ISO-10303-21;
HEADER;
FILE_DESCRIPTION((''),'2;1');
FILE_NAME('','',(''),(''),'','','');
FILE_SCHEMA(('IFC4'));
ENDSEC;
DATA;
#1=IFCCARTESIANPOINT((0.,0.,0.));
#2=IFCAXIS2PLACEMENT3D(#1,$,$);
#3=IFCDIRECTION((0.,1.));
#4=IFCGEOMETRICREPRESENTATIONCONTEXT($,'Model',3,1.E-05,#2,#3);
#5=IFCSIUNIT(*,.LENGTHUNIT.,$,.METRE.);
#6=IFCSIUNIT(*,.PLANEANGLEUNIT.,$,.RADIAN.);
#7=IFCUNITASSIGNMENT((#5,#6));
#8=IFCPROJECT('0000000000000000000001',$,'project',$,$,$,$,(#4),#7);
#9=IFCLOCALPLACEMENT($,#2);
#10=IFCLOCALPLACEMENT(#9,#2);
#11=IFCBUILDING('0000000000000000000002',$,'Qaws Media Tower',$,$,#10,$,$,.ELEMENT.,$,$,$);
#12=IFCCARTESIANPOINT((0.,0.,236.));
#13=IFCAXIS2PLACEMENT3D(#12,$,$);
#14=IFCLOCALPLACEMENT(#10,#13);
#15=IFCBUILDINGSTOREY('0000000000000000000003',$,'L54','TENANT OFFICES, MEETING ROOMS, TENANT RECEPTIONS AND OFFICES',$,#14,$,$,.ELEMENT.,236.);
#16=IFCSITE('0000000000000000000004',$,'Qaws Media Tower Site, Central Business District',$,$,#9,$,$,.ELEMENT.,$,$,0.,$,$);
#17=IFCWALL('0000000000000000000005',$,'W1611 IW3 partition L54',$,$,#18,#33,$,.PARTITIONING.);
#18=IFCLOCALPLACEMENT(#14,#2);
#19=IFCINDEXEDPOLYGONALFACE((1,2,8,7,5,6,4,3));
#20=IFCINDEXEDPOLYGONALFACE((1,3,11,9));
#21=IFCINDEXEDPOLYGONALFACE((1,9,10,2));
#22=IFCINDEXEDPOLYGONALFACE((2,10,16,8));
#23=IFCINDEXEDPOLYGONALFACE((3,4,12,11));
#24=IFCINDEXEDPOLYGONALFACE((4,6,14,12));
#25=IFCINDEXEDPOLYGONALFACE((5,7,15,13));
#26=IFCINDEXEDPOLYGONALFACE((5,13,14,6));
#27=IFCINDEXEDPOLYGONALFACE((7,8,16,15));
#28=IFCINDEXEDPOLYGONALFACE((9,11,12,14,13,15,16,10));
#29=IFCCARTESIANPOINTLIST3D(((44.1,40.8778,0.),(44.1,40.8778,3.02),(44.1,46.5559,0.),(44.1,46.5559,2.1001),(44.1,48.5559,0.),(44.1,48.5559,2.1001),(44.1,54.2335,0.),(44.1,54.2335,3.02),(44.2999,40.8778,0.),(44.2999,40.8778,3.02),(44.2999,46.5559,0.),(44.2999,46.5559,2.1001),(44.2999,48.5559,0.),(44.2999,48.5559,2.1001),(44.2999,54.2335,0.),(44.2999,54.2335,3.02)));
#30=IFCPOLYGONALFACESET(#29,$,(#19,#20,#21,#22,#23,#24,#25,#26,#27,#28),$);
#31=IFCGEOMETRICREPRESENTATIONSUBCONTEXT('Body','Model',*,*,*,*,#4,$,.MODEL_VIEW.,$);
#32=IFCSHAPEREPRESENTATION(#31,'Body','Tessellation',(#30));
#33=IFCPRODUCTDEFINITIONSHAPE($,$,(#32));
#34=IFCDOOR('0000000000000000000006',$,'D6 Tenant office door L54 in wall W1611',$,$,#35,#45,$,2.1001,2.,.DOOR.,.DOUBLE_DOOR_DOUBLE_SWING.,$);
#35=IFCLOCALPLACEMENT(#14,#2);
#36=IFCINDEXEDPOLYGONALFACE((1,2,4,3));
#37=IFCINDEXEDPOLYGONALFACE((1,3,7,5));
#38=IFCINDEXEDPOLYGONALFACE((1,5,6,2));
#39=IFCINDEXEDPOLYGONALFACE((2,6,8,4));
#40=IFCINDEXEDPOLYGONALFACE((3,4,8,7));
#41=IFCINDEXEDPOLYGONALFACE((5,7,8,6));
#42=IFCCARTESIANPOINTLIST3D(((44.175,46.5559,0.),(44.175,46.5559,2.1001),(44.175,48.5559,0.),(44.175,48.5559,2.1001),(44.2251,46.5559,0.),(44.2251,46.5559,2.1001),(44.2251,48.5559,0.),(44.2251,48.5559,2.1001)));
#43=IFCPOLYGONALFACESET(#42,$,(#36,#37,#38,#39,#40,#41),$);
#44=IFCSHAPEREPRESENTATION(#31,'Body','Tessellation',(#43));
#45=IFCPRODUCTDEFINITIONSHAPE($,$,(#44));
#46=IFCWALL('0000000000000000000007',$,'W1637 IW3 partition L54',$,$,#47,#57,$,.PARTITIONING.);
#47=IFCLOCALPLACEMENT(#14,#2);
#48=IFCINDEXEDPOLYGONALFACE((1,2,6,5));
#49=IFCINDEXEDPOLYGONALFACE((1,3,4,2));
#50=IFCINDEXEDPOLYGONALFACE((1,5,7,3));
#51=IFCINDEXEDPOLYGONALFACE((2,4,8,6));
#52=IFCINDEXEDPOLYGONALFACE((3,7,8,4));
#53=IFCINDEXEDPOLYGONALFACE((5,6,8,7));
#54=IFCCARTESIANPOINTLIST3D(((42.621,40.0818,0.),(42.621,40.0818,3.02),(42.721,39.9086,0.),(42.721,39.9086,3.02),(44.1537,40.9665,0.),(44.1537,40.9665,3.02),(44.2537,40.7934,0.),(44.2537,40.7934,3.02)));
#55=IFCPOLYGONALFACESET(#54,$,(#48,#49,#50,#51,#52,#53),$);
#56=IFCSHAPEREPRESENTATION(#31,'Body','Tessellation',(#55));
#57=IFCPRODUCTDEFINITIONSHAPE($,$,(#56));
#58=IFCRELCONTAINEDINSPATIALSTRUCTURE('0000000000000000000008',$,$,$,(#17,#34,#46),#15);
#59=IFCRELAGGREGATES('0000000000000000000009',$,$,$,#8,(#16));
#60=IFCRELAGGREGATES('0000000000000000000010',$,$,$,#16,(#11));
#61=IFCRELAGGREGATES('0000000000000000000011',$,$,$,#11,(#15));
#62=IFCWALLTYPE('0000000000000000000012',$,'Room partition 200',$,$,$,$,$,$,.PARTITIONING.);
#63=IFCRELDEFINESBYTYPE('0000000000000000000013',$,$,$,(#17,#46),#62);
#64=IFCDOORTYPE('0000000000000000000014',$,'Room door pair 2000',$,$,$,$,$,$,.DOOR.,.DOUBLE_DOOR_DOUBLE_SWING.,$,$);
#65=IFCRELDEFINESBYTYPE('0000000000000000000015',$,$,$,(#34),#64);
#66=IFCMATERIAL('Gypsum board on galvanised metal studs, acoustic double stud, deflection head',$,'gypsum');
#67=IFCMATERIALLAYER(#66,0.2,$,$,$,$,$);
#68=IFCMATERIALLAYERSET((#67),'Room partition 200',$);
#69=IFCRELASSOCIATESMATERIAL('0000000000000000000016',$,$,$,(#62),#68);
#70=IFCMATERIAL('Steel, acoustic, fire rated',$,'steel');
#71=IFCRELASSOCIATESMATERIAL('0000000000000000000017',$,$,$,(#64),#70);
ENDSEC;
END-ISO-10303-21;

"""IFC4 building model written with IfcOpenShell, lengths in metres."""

from ifc_helpers import new_model, si_unit, direction, frame, frame_2d, origin, place, context, subcontext, project, spatial, rectangle, extrude, material, layer, layer_set, type_object, element, fill, save


model = new_model("IFC4")

# Units and contexts
model_context = context("Model", 3, precision=1e-05, world=origin(), true_north=direction((0.0, 1.0)))
body_context = subcontext(model_context, "Body", "Model", "MODEL_VIEW")
ifc_project = project(units=[si_unit("LENGTHUNIT", "METRE"), si_unit("PLANEANGLEUNIT", "RADIAN")], contexts=[model_context])

# Site, building, storey
site_placement = place(None, origin())
site = spatial("IfcSite", under=ifc_project, at=site_placement, Name="Qaws Media Tower Site, Central Business District", CompositionType="ELEMENT", RefElevation=0.0)
building_placement = place(site_placement, origin())
building = spatial("IfcBuilding", under=site, at=building_placement, Name="Qaws Media Tower", CompositionType="ELEMENT")
storey_placement = place(building_placement, frame((0.0, 0.0, 236.0)))
storey = spatial("IfcBuildingStorey", under=building, at=storey_placement, Name="L54", Description="TENANT OFFICES, MEETING ROOMS, TENANT RECEPTIONS AND OFFICES", CompositionType="ELEMENT", Elevation=236.0)

# Shared definitions
ifc_material_1 = material(Name="Gypsum board on galvanised metal studs, acoustic double stud, deflection head", Category="gypsum")
ifc_layer_1 = layer(ifc_material_1, 0.2)
ifc_layer_set_1 = layer_set([ifc_layer_1], Name="Room partition 200")
wall_type = type_object("IfcWallType", Name="Room partition 200", PredefinedType="PARTITIONING", material=ifc_layer_set_1)

# Shared definitions
ifc_material_2 = material(Name="Steel, acoustic, fire rated", Category="steel")
door_type = type_object("IfcDoorType", Name="Room door pair 2000", OperationType="DOUBLE_DOOR_DOUBLE_SWING", PredefinedType="DOOR", material=ifc_material_2)

# Wall, opening, door
wall_1_placement = place(storey_placement, frame((44.2, 40.8779, 0.0), z_axis=(0.0, 0.0, 1.0), x_axis=(0.0, 1.0, 0.0)))
wall_1 = element("IfcWall", 1, at=wall_1_placement, inside=storey, type_object=wall_type, Name="W1611 IW3 partition L54", PredefinedType="PARTITIONING", context=body_context, shape_type="SweptSolid", body=[
    extrude(rectangle(XDim=13.3557, YDim=0.2, at=frame_2d((6.6777, 0.0))), origin(), (0.0, 0.0, 1.0), 3.02),
])
opening_1_placement = place(wall_1_placement, frame((5.678, 0.0, 0.0)))
opening_1 = element("IfcOpeningElement", 2, at=opening_1_placement, cuts=wall_1, PredefinedType="OPENING", context=body_context, shape_type="SweptSolid", body=[
    extrude(rectangle(XDim=2.0, YDim=2.1001, at=frame_2d((1.0, 1.05))), frame((0.0, 0.1099, 0.0), z_axis=(0.0, -1.0, 0.0), x_axis=(1.0, 0.0, 0.0)), (0.0, 0.0, 1.0), 0.22),
])
door_1_placement = place(opening_1_placement, origin())
door_1 = element("IfcDoor", 3, at=door_1_placement, inside=storey, type_object=door_type, Name="D6 Tenant office door L54 in wall W1611", OperationType="DOUBLE_DOOR_DOUBLE_SWING", OverallHeight=2.1001, OverallWidth=2.0, PredefinedType="DOOR", context=body_context, shape_type="SweptSolid", body=[
    extrude(rectangle(XDim=2.0, YDim=2.1001, at=frame_2d((1.0, 1.05))), frame((0.0, 0.0249, 0.0), z_axis=(0.0, -1.0, 0.0), x_axis=(1.0, 0.0, 0.0)), (0.0, 0.0, 1.0), 0.05),
])
fill(opening_1, door_1)

# Wall
wall_2_placement = place(storey_placement, frame((44.2036, 40.8799, 0.0), z_axis=(0.0, 0.0, 1.0), x_axis=(-0.866062, -0.499937, 0.0)))
element("IfcWall", 4, at=wall_2_placement, inside=storey, type_object=wall_type, Name="W1637 IW3 partition L54", PredefinedType="PARTITIONING", context=body_context, shape_type="SweptSolid", body=[
    extrude(rectangle(XDim=1.7698, YDim=0.2, at=frame_2d((0.8848, 0.0))), origin(), (0.0, 0.0, 1.0), 3.02),
])

save(model, "model.ifc")
